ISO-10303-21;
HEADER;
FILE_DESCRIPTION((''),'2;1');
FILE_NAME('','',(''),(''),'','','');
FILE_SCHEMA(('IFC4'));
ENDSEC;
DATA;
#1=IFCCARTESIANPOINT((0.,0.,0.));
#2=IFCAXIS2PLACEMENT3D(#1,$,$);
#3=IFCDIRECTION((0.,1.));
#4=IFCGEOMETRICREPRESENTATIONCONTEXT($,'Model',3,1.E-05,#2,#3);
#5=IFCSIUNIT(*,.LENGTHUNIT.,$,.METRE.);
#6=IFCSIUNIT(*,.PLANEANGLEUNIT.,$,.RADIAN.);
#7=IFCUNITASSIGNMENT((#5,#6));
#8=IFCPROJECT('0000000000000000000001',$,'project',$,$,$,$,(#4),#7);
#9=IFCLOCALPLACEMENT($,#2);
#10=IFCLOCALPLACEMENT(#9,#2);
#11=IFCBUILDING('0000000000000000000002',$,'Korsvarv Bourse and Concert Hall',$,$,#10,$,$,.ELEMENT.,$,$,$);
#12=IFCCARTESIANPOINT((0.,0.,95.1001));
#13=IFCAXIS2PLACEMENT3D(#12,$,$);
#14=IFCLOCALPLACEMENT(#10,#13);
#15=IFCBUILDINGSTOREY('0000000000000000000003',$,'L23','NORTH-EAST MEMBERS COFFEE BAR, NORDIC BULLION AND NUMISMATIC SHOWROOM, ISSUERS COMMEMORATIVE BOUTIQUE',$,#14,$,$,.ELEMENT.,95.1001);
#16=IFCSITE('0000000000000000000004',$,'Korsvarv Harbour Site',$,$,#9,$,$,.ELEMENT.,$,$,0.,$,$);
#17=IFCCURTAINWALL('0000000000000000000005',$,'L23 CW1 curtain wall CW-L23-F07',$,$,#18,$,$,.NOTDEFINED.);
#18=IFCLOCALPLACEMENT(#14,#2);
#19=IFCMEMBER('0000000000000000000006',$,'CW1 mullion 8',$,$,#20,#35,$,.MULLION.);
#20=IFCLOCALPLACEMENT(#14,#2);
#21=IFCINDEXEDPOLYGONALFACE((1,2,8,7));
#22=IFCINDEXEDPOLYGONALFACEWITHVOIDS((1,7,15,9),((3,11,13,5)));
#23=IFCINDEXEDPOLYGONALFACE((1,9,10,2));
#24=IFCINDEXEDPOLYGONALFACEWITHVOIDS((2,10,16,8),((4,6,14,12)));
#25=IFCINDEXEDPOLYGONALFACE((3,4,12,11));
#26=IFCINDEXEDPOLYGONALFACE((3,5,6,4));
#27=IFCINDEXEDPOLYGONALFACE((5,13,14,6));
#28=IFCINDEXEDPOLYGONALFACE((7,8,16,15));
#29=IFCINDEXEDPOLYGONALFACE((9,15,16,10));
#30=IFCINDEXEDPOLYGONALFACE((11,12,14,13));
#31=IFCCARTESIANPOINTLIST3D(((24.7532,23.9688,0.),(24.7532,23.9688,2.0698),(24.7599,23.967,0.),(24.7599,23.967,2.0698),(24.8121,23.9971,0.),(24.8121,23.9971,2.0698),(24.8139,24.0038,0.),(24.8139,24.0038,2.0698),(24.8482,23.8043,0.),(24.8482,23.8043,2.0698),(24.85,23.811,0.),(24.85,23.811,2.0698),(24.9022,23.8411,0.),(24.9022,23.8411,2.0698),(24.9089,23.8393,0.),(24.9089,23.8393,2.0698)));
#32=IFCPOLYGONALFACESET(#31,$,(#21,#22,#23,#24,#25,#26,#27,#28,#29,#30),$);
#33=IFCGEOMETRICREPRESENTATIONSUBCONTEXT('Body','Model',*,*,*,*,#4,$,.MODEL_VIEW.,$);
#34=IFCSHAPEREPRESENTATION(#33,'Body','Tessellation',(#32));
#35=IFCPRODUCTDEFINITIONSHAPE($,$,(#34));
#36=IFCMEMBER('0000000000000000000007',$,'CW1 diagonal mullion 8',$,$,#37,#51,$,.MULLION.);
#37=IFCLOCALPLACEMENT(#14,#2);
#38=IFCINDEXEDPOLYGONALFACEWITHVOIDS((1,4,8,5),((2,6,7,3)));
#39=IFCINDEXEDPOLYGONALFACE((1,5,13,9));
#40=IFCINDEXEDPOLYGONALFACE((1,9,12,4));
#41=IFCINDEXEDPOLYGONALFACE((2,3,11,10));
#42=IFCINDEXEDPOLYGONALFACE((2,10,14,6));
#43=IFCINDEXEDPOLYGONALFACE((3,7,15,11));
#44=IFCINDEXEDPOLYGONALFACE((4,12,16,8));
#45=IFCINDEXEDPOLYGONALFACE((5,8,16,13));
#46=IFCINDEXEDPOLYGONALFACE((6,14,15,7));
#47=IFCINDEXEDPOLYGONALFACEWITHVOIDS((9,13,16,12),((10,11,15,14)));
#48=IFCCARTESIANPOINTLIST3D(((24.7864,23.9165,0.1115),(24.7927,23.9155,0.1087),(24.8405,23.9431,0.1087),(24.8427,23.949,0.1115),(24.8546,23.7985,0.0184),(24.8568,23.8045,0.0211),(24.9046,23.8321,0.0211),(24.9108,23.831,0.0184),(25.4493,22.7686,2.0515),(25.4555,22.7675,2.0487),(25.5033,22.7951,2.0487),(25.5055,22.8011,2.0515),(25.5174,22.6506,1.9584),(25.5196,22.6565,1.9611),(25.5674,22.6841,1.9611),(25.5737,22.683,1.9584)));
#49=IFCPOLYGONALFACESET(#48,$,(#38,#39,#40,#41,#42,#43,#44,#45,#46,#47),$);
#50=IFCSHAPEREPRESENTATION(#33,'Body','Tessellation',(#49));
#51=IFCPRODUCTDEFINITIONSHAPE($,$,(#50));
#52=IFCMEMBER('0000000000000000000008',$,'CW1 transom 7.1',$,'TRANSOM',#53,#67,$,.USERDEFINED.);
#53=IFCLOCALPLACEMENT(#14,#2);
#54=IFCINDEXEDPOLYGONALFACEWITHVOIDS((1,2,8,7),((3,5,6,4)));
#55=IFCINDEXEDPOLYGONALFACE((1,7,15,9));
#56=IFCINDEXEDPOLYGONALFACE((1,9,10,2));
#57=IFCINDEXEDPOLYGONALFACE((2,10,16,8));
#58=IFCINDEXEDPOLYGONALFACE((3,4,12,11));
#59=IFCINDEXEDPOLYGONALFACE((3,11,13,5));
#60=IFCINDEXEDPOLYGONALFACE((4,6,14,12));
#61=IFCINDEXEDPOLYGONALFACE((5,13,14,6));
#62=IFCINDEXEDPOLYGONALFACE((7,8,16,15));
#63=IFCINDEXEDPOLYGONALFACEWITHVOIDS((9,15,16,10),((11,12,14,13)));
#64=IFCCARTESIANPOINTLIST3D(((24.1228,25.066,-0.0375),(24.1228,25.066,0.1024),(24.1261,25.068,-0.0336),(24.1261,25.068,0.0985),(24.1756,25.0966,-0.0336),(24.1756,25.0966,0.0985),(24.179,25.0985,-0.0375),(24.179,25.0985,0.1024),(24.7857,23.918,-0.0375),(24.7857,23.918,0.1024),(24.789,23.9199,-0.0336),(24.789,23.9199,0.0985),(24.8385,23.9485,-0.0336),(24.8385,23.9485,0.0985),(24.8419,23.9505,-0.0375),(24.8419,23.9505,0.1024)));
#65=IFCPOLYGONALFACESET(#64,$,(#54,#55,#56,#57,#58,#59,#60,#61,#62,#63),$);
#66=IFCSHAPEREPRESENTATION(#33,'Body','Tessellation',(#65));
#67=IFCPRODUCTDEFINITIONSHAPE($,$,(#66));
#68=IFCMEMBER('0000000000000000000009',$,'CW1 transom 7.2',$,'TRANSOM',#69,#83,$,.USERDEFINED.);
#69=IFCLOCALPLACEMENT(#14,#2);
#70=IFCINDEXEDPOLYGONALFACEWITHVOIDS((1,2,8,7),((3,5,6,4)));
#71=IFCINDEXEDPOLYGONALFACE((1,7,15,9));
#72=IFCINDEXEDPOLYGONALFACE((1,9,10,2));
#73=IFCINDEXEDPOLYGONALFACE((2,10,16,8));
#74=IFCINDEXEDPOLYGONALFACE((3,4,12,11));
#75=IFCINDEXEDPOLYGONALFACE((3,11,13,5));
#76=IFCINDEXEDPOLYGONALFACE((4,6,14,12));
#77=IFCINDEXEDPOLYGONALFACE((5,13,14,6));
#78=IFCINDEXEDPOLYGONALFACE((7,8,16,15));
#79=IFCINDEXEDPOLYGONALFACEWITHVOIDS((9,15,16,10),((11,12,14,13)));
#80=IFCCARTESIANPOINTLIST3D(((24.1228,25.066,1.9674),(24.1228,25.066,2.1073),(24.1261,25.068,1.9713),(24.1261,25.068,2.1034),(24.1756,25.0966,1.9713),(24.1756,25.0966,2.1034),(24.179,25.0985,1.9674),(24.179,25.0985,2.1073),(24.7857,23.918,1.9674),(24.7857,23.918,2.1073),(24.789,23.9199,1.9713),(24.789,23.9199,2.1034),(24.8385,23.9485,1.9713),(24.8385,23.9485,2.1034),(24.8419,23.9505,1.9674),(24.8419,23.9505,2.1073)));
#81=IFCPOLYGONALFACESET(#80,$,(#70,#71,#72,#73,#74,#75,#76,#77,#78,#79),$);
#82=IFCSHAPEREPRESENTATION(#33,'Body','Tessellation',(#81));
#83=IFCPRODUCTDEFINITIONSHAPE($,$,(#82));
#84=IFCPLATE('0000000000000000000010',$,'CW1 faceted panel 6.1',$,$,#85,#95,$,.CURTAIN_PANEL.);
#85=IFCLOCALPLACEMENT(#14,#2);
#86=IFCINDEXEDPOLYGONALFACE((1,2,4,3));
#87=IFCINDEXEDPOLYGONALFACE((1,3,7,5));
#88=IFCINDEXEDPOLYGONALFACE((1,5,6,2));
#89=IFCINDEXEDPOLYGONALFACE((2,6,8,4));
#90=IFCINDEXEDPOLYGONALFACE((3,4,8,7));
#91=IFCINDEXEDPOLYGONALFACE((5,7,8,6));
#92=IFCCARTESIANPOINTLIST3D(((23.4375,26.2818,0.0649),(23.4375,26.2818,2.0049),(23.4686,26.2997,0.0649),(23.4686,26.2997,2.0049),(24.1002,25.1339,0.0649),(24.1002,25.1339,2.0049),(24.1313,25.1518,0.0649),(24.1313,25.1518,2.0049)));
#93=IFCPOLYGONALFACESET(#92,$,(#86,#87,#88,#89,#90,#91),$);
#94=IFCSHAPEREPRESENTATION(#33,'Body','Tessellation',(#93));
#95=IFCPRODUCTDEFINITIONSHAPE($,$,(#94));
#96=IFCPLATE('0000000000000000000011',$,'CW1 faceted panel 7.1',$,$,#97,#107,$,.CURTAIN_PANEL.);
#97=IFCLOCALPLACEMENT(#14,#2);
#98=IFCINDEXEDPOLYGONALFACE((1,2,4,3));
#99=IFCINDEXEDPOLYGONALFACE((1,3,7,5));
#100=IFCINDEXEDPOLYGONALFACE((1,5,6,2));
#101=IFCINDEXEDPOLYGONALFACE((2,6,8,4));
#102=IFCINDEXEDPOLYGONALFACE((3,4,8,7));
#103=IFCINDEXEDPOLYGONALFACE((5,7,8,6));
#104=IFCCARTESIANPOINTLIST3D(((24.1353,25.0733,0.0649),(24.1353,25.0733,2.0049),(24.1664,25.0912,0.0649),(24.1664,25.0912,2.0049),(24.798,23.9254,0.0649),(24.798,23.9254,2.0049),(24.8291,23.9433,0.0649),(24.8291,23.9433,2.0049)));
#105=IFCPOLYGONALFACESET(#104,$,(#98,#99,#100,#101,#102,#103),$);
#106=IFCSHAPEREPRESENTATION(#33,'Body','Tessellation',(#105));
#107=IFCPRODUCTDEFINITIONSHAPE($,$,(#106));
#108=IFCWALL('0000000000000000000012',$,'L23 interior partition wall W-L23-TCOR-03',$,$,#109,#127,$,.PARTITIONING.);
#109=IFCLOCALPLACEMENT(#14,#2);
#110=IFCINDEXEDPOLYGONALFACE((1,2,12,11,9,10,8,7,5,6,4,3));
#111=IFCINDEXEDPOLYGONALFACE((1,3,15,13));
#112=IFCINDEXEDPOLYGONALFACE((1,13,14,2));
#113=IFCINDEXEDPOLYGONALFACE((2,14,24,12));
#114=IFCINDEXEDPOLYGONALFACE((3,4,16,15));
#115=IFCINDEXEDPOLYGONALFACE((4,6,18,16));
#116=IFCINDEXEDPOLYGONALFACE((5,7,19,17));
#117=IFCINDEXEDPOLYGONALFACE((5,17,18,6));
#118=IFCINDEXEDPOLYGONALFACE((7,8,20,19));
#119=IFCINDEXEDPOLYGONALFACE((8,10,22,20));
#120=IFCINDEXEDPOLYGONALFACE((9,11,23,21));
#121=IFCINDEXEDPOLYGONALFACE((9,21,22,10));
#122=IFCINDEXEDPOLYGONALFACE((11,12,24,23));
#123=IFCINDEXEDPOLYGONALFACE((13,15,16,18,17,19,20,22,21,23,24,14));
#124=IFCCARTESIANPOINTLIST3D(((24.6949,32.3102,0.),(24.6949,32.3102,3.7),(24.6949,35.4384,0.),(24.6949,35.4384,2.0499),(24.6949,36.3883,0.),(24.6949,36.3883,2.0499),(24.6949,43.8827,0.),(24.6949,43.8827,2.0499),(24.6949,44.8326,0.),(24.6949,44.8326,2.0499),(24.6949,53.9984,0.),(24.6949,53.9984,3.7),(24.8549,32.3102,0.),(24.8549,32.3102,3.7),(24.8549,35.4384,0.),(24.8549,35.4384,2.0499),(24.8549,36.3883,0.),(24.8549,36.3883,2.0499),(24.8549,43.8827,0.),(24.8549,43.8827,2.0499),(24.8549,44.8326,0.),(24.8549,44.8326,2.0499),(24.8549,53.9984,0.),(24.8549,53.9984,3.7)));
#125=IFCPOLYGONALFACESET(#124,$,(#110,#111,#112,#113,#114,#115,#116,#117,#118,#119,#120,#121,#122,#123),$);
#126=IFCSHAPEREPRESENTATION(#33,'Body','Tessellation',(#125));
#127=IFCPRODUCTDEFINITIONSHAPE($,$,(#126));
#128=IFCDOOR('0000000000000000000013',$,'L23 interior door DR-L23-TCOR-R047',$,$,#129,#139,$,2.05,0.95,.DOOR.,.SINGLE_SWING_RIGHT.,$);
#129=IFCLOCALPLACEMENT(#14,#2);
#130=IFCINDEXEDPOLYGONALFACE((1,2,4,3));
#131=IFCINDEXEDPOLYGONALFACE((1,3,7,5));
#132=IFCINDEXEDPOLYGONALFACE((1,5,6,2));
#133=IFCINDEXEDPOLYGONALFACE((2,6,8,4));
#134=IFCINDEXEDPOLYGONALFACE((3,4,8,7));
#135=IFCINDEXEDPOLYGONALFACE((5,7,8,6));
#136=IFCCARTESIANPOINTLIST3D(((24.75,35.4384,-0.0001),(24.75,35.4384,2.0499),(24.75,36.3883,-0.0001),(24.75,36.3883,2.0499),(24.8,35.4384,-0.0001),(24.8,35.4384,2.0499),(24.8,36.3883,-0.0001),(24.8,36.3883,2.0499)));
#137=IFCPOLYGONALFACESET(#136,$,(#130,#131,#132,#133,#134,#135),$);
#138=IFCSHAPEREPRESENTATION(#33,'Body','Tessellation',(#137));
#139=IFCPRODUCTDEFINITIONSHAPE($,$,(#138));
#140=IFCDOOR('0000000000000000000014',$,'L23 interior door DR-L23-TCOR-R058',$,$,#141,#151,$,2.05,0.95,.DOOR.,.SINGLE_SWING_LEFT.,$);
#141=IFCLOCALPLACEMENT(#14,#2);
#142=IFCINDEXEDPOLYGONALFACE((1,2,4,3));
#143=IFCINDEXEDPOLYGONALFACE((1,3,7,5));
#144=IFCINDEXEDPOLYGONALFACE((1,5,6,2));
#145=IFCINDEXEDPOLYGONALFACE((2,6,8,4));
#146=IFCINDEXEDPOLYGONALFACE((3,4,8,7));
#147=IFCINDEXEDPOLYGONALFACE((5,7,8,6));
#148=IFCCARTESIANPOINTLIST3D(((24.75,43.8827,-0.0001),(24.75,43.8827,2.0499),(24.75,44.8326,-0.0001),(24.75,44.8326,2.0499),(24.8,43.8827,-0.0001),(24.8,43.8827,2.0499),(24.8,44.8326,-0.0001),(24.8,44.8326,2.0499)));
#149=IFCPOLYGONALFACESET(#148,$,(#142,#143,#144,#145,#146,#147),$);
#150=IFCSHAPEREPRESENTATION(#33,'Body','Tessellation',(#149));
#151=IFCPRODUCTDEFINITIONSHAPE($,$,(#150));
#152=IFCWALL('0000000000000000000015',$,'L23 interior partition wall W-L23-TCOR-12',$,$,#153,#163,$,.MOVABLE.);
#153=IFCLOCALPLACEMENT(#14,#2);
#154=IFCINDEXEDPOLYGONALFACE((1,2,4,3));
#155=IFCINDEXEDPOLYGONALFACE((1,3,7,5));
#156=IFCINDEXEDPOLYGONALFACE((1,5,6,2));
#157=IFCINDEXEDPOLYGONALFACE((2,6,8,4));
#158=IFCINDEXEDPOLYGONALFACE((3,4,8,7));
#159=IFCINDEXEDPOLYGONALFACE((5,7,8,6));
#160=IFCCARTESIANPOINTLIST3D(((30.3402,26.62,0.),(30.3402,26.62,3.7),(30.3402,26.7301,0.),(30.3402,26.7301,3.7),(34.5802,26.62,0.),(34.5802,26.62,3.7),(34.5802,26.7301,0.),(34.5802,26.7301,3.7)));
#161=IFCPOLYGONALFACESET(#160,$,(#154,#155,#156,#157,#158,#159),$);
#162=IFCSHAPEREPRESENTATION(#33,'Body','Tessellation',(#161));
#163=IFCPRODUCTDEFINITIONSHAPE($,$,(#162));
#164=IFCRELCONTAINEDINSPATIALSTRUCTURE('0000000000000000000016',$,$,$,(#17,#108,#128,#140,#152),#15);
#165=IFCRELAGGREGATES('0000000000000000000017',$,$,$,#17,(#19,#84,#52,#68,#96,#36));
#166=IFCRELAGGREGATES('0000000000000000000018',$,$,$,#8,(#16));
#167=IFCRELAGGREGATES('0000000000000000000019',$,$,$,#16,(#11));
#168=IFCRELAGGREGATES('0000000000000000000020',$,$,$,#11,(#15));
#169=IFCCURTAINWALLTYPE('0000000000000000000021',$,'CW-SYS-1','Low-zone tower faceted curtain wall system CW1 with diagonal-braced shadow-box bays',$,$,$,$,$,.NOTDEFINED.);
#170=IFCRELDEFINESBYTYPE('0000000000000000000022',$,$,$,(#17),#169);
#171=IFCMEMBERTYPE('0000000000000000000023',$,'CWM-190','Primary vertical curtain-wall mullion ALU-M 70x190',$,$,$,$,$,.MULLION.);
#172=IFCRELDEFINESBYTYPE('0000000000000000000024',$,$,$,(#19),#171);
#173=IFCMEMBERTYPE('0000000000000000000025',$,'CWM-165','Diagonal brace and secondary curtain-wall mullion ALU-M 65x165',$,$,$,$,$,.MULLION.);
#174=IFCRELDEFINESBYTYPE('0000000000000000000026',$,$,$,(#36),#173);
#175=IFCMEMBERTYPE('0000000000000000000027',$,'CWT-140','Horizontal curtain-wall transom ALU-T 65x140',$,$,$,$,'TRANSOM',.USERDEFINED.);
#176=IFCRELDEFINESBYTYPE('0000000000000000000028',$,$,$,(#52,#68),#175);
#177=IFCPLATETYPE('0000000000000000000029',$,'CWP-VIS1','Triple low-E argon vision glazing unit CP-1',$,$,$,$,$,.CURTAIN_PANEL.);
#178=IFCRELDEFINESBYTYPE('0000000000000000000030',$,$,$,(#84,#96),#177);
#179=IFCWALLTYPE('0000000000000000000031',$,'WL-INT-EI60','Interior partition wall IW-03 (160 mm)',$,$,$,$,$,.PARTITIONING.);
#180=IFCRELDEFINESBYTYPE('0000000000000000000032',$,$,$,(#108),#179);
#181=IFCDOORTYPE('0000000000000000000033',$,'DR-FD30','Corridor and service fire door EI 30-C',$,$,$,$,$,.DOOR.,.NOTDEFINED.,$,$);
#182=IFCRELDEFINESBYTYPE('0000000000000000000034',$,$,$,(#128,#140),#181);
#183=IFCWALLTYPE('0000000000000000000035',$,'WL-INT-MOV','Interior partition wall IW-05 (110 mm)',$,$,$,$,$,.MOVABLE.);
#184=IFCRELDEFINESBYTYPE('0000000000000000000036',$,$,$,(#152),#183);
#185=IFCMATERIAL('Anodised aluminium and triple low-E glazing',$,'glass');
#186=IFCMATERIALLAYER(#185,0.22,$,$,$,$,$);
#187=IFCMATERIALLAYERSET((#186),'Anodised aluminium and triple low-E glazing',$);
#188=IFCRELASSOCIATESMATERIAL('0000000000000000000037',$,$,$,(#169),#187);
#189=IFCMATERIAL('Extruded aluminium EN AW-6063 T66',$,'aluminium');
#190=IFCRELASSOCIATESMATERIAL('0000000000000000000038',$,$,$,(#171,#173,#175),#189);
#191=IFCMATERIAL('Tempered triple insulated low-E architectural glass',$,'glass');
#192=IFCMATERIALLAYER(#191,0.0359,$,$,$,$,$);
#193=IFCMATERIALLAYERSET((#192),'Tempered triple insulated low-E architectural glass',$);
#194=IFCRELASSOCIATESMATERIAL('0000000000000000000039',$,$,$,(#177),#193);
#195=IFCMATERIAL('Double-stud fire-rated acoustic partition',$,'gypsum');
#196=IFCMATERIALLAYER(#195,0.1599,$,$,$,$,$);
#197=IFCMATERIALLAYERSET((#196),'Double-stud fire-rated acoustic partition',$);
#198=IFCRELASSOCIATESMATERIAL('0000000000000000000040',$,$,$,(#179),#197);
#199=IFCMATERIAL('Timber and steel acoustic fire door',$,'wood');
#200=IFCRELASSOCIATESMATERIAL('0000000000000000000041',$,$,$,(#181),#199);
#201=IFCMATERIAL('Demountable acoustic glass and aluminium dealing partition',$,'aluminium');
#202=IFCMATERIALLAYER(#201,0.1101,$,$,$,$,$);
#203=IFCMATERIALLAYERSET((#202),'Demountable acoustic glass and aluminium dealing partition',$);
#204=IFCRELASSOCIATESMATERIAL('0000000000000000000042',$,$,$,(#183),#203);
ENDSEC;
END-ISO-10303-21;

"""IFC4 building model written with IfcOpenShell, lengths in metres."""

from ifc_helpers import new_model, si_unit, direction, frame, frame_2d, origin, origin_2d, place, context, subcontext, project, spatial, rectangle, hollow_rectangle, extrude, source, transform, mapped, material, layer, layer_set, material_profile, profile_set, type_object, element, fill, aggregate, save


model = new_model("IFC4")

# Units and contexts
model_context = context("Model", 3, precision=1e-05, world=origin(), true_north=direction((0.0, 1.0)))
body_context = subcontext(model_context, "Body", "Model", "MODEL_VIEW")
ifc_project = project(units=[si_unit("LENGTHUNIT", "METRE"), si_unit("PLANEANGLEUNIT", "RADIAN")], contexts=[model_context])

# Site, building, storey
site_placement = place(None, origin())
site = spatial("IfcSite", under=ifc_project, at=site_placement, Name="Korsvarv Harbour Site", CompositionType="ELEMENT", RefElevation=0.0)
building_placement = place(site_placement, origin())
building = spatial("IfcBuilding", under=site, at=building_placement, Name="Korsvarv Bourse and Concert Hall", CompositionType="ELEMENT")
storey_placement = place(building_placement, frame((0.0, 0.0, 95.1001)))
storey = spatial("IfcBuildingStorey", under=building, at=storey_placement, Name="L23", Description="NORTH-EAST MEMBERS COFFEE BAR, NORDIC BULLION AND NUMISMATIC SHOWROOM, ISSUERS COMMEMORATIVE BOUTIQUE", CompositionType="ELEMENT", Elevation=95.1001)

# Curtain wall, members, plates
ifc_material_1 = material(Name="Anodised aluminium and triple low-E glazing", Category="glass")
ifc_layer_1 = layer(ifc_material_1, 0.22)
ifc_layer_set_1 = layer_set([ifc_layer_1], Name="Anodised aluminium and triple low-E glazing")
curtain_wall_type = type_object("IfcCurtainWallType", Name="CW-SYS-1", Description="Low-zone tower faceted curtain wall system CW1 with diagonal-braced shadow-box bays", PredefinedType="NOTDEFINED", material=ifc_layer_set_1)
curtain_wall_placement = place(storey_placement, origin())
curtain_wall = element("IfcCurtainWall", 1, at=curtain_wall_placement, inside=storey, type_object=curtain_wall_type, Name="L23 CW1 curtain wall CW-L23-F07", PredefinedType="NOTDEFINED")
ifc_material_2 = material(Name="Extruded aluminium EN AW-6063 T66", Category="aluminium")
ifc_material_profile_1 = material_profile(ifc_material_2, hollow_rectangle(XDim=0.0701, YDim=0.1899, WallThickness=0.0049, at=origin_2d()), Name="ALU-M 70x190")
ifc_profile_set_1 = profile_set([ifc_material_profile_1], Name="Extruded aluminium EN AW-6063 T66")
member_type_1 = type_object("IfcMemberType", Name="CWM-190", Description="Primary vertical curtain-wall mullion ALU-M 70x190", PredefinedType="MULLION", material=ifc_profile_set_1)
shared_shape_1 = source(origin(), body_context, "Body", "SweptSolid", [
    extrude(hollow_rectangle(XDim=0.0701, YDim=0.1899, WallThickness=0.0049, at=origin_2d()), origin(), (0.0, 0.0, 1.0), 2.0698),
])
member_1_placement = place(storey_placement, frame((24.8311, 23.9041, 0.0), z_axis=(0.0, 0.0, 1.0), x_axis=(0.866026, 0.499999, 0.0)))
member_1 = element("IfcMember", 2, at=member_1_placement, type_object=member_type_1, Name="CW1 mullion 8", PredefinedType="MULLION", context=body_context, shape_type="MappedRepresentation", body=[
    mapped(shared_shape_1, transform((0.0, 0.0, 0.0), scale=1.0)),
])
ifc_material_profile_2 = material_profile(ifc_material_2, hollow_rectangle(XDim=0.0649, YDim=0.165, WallThickness=0.0049, at=origin_2d()), Name="ALU-M 65x165")
ifc_profile_set_2 = profile_set([ifc_material_profile_2], Name="Extruded aluminium EN AW-6063 T66")
member_type_2 = type_object("IfcMemberType", Name="CWM-165", Description="Diagonal brace and secondary curtain-wall mullion ALU-M 65x165", PredefinedType="MULLION", material=ifc_profile_set_2)
shared_shape_2 = source(origin(), body_context, "Body", "SweptSolid", [
    extrude(hollow_rectangle(XDim=0.0649, YDim=0.165, WallThickness=0.0049, at=origin_2d()), origin(), (0.0, 0.0, 1.0), 2.3496),
])
member_2_placement = place(storey_placement, frame((24.8486, 23.8738, 0.0649), z_axis=(0.282111, -0.488577, 0.825655), x_axis=(0.866002, 0.500041, 0.0)))
member_2 = element("IfcMember", 3, at=member_2_placement, type_object=member_type_2, Name="CW1 diagonal mullion 8", PredefinedType="MULLION", context=body_context, shape_type="MappedRepresentation", body=[
    mapped(shared_shape_2, transform((0.0, 0.0, 0.0), scale=1.0)),
])
ifc_material_profile_3 = material_profile(ifc_material_2, hollow_rectangle(XDim=0.0649, YDim=0.1399, WallThickness=0.0039, at=origin_2d()), Name="ALU-T 65x140")
ifc_profile_set_3 = profile_set([ifc_material_profile_3], Name="Extruded aluminium EN AW-6063 T66")
member_type_3 = type_object("IfcMemberType", Name="CWT-140", Description="Horizontal curtain-wall transom ALU-T 65x140", ElementType="TRANSOM", PredefinedType="USERDEFINED", material=ifc_profile_set_3)
shared_shape_3 = source(origin(), body_context, "Body", "SweptSolid", [
    extrude(hollow_rectangle(XDim=0.0649, YDim=0.1399, WallThickness=0.0039, at=origin_2d()), origin(), (0.0, 0.0, 1.0), 1.3257),
])
member_3_placement = place(storey_placement, frame((24.1509, 25.0823, 0.0325), z_axis=(0.500041, -0.866002, 0.0), x_axis=(0.866002, 0.500041, 0.0)))
member_3 = element("IfcMember", 4, at=member_3_placement, type_object=member_type_3, Name="CW1 transom 7.1", ObjectType="TRANSOM", PredefinedType="USERDEFINED", context=body_context, shape_type="MappedRepresentation", body=[
    mapped(shared_shape_3, transform((0.0, 0.0, 0.0), scale=1.0)),
])
member_4_placement = place(storey_placement, frame((24.1509, 25.0823, 2.0374), z_axis=(0.500041, -0.866002, 0.0), x_axis=(0.866002, 0.500041, 0.0)))
member_4 = element("IfcMember", 5, at=member_4_placement, type_object=member_type_3, Name="CW1 transom 7.2", ObjectType="TRANSOM", PredefinedType="USERDEFINED", context=body_context, shape_type="MappedRepresentation", body=[
    mapped(shared_shape_3, transform((0.0, 0.0, 0.0), scale=1.0)),
])
ifc_material_3 = material(Name="Tempered triple insulated low-E architectural glass", Category="glass")
ifc_layer_2 = layer(ifc_material_3, 0.0359)
ifc_layer_set_2 = layer_set([ifc_layer_2], Name="Tempered triple insulated low-E architectural glass")
plate_type = type_object("IfcPlateType", Name="CWP-VIS1", Description="Triple low-E argon vision glazing unit CP-1", PredefinedType="CURTAIN_PANEL", material=ifc_layer_set_2)
shared_shape_4 = source(origin(), body_context, "Body", "SweptSolid", [
    extrude(rectangle(XDim=1.3254, YDim=0.0359, at=origin_2d()), origin(), (0.0, 0.0, 1.0), 1.9399),
])
plate_1_placement = place(storey_placement, frame((23.7844, 25.7168, 0.0649), z_axis=(0.0, 0.0, 1.0), x_axis=(0.499999, -0.866026, 0.0)))
plate_1 = element("IfcPlate", 6, at=plate_1_placement, type_object=plate_type, Name="CW1 faceted panel 6.1", PredefinedType="CURTAIN_PANEL", context=body_context, shape_type="MappedRepresentation", body=[
    mapped(shared_shape_4, transform((0.0, 0.0, 0.0), scale=1.0)),
])
plate_2_placement = place(storey_placement, frame((24.4822, 24.5083, 0.0649), z_axis=(0.0, 0.0, 1.0), x_axis=(0.499999, -0.866026, 0.0)))
plate_2 = element("IfcPlate", 7, at=plate_2_placement, type_object=plate_type, Name="CW1 faceted panel 7.1", PredefinedType="CURTAIN_PANEL", context=body_context, shape_type="MappedRepresentation", body=[
    mapped(shared_shape_4, transform((0.0, 0.0, 0.0), scale=1.0)),
])
aggregate(curtain_wall, [member_1, plate_1, member_3, member_4, plate_2, member_2])

# Wall, openings, doors
ifc_material_4 = material(Name="Double-stud fire-rated acoustic partition", Category="gypsum")
ifc_layer_3 = layer(ifc_material_4, 0.1599)
ifc_layer_set_3 = layer_set([ifc_layer_3], Name="Double-stud fire-rated acoustic partition")
wall_type_1 = type_object("IfcWallType", Name="WL-INT-EI60", Description="Interior partition wall IW-03 (160 mm)", PredefinedType="PARTITIONING", material=ifc_layer_set_3)
wall_1_placement = place(storey_placement, frame((24.7749, 32.3101, 0.0), z_axis=(0.0, 0.0, 1.0), x_axis=(0.0, 1.0, 0.0)))
wall_1 = element("IfcWall", 8, at=wall_1_placement, inside=storey, type_object=wall_type_1, Name="L23 interior partition wall W-L23-TCOR-03", PredefinedType="PARTITIONING", context=body_context, shape_type="SweptSolid", body=[
    extrude(rectangle(XDim=21.6882, YDim=0.1599, at=frame_2d((10.8442, 0.0))), origin(), (0.0, 0.0, 1.0), 3.7),
])
opening_1_placement = place(wall_1_placement, frame((3.1282, 0.0, 0.0)))
opening_1 = element("IfcOpeningElement", 9, at=opening_1_placement, cuts=wall_1, PredefinedType="OPENING", context=body_context, shape_type="SweptSolid", body=[
    extrude(rectangle(XDim=0.95, YDim=2.05, at=frame_2d((0.4751, 1.0249))), frame((0.0, 0.0898, 0.0), z_axis=(0.0, -1.0, 0.0), x_axis=(1.0, 0.0, 0.0)), (0.0, 0.0, 1.0), 0.1799),
])
opening_2_placement = place(wall_1_placement, frame((11.5725, 0.0, 0.0)))
opening_2 = element("IfcOpeningElement", 10, at=opening_2_placement, cuts=wall_1, PredefinedType="OPENING", context=body_context, shape_type="SweptSolid", body=[
    extrude(rectangle(XDim=0.95, YDim=2.05, at=frame_2d((0.4751, 1.0249))), frame((0.0, 0.0898, 0.0), z_axis=(0.0, -1.0, 0.0), x_axis=(1.0, 0.0, 0.0)), (0.0, 0.0, 1.0), 0.1799),
])
ifc_material_5 = material(Name="Timber and steel acoustic fire door", Category="wood")
door_type = type_object("IfcDoorType", Name="DR-FD30", Description="Corridor and service fire door EI 30-C", OperationType="NOTDEFINED", PredefinedType="DOOR", material=ifc_material_5)
door_1_placement = place(opening_1_placement, origin())
door_1 = element("IfcDoor", 11, at=door_1_placement, inside=storey, type_object=door_type, Name="L23 interior door DR-L23-TCOR-R047", OperationType="SINGLE_SWING_RIGHT", OverallHeight=2.05, OverallWidth=0.95, PredefinedType="DOOR", context=body_context, shape_type="SweptSolid", body=[
    extrude(rectangle(XDim=0.95, YDim=2.05, at=frame_2d((0.4751, 1.0249))), frame((0.0, 0.0249, 0.0), z_axis=(0.0, -1.0, 0.0), x_axis=(1.0, 0.0, 0.0)), (0.0, 0.0, 1.0), 0.05),
])
fill(opening_1, door_1)
door_2_placement = place(opening_2_placement, origin())
door_2 = element("IfcDoor", 12, at=door_2_placement, inside=storey, type_object=door_type, Name="L23 interior door DR-L23-TCOR-R058", OperationType="SINGLE_SWING_LEFT", OverallHeight=2.05, OverallWidth=0.95, PredefinedType="DOOR", context=body_context, shape_type="SweptSolid", body=[
    extrude(rectangle(XDim=0.95, YDim=2.05, at=frame_2d((0.4751, 1.0249))), frame((0.0, 0.0249, 0.0), z_axis=(0.0, -1.0, 0.0), x_axis=(1.0, 0.0, 0.0)), (0.0, 0.0, 1.0), 0.05),
])
fill(opening_2, door_2)

# Wall
ifc_material_6 = material(Name="Demountable acoustic glass and aluminium dealing partition", Category="aluminium")
ifc_layer_4 = layer(ifc_material_6, 0.1101)
ifc_layer_set_4 = layer_set([ifc_layer_4], Name="Demountable acoustic glass and aluminium dealing partition")
wall_type_2 = type_object("IfcWallType", Name="WL-INT-MOV", Description="Interior partition wall IW-05 (110 mm)", PredefinedType="MOVABLE", material=ifc_layer_set_4)
wall_2_placement = place(storey_placement, frame((30.3401, 26.675, 0.0), z_axis=(0.0, 0.0, 1.0), x_axis=(1.0, 0.0, 0.0)))
element("IfcWall", 13, at=wall_2_placement, inside=storey, type_object=wall_type_2, Name="L23 interior partition wall W-L23-TCOR-12", PredefinedType="MOVABLE", context=body_context, shape_type="SweptSolid", body=[
    extrude(rectangle(XDim=4.24, YDim=0.1101, at=frame_2d((2.1201, 0.0))), origin(), (0.0, 0.0, 1.0), 3.7),
])

save(model, "model.ifc")
